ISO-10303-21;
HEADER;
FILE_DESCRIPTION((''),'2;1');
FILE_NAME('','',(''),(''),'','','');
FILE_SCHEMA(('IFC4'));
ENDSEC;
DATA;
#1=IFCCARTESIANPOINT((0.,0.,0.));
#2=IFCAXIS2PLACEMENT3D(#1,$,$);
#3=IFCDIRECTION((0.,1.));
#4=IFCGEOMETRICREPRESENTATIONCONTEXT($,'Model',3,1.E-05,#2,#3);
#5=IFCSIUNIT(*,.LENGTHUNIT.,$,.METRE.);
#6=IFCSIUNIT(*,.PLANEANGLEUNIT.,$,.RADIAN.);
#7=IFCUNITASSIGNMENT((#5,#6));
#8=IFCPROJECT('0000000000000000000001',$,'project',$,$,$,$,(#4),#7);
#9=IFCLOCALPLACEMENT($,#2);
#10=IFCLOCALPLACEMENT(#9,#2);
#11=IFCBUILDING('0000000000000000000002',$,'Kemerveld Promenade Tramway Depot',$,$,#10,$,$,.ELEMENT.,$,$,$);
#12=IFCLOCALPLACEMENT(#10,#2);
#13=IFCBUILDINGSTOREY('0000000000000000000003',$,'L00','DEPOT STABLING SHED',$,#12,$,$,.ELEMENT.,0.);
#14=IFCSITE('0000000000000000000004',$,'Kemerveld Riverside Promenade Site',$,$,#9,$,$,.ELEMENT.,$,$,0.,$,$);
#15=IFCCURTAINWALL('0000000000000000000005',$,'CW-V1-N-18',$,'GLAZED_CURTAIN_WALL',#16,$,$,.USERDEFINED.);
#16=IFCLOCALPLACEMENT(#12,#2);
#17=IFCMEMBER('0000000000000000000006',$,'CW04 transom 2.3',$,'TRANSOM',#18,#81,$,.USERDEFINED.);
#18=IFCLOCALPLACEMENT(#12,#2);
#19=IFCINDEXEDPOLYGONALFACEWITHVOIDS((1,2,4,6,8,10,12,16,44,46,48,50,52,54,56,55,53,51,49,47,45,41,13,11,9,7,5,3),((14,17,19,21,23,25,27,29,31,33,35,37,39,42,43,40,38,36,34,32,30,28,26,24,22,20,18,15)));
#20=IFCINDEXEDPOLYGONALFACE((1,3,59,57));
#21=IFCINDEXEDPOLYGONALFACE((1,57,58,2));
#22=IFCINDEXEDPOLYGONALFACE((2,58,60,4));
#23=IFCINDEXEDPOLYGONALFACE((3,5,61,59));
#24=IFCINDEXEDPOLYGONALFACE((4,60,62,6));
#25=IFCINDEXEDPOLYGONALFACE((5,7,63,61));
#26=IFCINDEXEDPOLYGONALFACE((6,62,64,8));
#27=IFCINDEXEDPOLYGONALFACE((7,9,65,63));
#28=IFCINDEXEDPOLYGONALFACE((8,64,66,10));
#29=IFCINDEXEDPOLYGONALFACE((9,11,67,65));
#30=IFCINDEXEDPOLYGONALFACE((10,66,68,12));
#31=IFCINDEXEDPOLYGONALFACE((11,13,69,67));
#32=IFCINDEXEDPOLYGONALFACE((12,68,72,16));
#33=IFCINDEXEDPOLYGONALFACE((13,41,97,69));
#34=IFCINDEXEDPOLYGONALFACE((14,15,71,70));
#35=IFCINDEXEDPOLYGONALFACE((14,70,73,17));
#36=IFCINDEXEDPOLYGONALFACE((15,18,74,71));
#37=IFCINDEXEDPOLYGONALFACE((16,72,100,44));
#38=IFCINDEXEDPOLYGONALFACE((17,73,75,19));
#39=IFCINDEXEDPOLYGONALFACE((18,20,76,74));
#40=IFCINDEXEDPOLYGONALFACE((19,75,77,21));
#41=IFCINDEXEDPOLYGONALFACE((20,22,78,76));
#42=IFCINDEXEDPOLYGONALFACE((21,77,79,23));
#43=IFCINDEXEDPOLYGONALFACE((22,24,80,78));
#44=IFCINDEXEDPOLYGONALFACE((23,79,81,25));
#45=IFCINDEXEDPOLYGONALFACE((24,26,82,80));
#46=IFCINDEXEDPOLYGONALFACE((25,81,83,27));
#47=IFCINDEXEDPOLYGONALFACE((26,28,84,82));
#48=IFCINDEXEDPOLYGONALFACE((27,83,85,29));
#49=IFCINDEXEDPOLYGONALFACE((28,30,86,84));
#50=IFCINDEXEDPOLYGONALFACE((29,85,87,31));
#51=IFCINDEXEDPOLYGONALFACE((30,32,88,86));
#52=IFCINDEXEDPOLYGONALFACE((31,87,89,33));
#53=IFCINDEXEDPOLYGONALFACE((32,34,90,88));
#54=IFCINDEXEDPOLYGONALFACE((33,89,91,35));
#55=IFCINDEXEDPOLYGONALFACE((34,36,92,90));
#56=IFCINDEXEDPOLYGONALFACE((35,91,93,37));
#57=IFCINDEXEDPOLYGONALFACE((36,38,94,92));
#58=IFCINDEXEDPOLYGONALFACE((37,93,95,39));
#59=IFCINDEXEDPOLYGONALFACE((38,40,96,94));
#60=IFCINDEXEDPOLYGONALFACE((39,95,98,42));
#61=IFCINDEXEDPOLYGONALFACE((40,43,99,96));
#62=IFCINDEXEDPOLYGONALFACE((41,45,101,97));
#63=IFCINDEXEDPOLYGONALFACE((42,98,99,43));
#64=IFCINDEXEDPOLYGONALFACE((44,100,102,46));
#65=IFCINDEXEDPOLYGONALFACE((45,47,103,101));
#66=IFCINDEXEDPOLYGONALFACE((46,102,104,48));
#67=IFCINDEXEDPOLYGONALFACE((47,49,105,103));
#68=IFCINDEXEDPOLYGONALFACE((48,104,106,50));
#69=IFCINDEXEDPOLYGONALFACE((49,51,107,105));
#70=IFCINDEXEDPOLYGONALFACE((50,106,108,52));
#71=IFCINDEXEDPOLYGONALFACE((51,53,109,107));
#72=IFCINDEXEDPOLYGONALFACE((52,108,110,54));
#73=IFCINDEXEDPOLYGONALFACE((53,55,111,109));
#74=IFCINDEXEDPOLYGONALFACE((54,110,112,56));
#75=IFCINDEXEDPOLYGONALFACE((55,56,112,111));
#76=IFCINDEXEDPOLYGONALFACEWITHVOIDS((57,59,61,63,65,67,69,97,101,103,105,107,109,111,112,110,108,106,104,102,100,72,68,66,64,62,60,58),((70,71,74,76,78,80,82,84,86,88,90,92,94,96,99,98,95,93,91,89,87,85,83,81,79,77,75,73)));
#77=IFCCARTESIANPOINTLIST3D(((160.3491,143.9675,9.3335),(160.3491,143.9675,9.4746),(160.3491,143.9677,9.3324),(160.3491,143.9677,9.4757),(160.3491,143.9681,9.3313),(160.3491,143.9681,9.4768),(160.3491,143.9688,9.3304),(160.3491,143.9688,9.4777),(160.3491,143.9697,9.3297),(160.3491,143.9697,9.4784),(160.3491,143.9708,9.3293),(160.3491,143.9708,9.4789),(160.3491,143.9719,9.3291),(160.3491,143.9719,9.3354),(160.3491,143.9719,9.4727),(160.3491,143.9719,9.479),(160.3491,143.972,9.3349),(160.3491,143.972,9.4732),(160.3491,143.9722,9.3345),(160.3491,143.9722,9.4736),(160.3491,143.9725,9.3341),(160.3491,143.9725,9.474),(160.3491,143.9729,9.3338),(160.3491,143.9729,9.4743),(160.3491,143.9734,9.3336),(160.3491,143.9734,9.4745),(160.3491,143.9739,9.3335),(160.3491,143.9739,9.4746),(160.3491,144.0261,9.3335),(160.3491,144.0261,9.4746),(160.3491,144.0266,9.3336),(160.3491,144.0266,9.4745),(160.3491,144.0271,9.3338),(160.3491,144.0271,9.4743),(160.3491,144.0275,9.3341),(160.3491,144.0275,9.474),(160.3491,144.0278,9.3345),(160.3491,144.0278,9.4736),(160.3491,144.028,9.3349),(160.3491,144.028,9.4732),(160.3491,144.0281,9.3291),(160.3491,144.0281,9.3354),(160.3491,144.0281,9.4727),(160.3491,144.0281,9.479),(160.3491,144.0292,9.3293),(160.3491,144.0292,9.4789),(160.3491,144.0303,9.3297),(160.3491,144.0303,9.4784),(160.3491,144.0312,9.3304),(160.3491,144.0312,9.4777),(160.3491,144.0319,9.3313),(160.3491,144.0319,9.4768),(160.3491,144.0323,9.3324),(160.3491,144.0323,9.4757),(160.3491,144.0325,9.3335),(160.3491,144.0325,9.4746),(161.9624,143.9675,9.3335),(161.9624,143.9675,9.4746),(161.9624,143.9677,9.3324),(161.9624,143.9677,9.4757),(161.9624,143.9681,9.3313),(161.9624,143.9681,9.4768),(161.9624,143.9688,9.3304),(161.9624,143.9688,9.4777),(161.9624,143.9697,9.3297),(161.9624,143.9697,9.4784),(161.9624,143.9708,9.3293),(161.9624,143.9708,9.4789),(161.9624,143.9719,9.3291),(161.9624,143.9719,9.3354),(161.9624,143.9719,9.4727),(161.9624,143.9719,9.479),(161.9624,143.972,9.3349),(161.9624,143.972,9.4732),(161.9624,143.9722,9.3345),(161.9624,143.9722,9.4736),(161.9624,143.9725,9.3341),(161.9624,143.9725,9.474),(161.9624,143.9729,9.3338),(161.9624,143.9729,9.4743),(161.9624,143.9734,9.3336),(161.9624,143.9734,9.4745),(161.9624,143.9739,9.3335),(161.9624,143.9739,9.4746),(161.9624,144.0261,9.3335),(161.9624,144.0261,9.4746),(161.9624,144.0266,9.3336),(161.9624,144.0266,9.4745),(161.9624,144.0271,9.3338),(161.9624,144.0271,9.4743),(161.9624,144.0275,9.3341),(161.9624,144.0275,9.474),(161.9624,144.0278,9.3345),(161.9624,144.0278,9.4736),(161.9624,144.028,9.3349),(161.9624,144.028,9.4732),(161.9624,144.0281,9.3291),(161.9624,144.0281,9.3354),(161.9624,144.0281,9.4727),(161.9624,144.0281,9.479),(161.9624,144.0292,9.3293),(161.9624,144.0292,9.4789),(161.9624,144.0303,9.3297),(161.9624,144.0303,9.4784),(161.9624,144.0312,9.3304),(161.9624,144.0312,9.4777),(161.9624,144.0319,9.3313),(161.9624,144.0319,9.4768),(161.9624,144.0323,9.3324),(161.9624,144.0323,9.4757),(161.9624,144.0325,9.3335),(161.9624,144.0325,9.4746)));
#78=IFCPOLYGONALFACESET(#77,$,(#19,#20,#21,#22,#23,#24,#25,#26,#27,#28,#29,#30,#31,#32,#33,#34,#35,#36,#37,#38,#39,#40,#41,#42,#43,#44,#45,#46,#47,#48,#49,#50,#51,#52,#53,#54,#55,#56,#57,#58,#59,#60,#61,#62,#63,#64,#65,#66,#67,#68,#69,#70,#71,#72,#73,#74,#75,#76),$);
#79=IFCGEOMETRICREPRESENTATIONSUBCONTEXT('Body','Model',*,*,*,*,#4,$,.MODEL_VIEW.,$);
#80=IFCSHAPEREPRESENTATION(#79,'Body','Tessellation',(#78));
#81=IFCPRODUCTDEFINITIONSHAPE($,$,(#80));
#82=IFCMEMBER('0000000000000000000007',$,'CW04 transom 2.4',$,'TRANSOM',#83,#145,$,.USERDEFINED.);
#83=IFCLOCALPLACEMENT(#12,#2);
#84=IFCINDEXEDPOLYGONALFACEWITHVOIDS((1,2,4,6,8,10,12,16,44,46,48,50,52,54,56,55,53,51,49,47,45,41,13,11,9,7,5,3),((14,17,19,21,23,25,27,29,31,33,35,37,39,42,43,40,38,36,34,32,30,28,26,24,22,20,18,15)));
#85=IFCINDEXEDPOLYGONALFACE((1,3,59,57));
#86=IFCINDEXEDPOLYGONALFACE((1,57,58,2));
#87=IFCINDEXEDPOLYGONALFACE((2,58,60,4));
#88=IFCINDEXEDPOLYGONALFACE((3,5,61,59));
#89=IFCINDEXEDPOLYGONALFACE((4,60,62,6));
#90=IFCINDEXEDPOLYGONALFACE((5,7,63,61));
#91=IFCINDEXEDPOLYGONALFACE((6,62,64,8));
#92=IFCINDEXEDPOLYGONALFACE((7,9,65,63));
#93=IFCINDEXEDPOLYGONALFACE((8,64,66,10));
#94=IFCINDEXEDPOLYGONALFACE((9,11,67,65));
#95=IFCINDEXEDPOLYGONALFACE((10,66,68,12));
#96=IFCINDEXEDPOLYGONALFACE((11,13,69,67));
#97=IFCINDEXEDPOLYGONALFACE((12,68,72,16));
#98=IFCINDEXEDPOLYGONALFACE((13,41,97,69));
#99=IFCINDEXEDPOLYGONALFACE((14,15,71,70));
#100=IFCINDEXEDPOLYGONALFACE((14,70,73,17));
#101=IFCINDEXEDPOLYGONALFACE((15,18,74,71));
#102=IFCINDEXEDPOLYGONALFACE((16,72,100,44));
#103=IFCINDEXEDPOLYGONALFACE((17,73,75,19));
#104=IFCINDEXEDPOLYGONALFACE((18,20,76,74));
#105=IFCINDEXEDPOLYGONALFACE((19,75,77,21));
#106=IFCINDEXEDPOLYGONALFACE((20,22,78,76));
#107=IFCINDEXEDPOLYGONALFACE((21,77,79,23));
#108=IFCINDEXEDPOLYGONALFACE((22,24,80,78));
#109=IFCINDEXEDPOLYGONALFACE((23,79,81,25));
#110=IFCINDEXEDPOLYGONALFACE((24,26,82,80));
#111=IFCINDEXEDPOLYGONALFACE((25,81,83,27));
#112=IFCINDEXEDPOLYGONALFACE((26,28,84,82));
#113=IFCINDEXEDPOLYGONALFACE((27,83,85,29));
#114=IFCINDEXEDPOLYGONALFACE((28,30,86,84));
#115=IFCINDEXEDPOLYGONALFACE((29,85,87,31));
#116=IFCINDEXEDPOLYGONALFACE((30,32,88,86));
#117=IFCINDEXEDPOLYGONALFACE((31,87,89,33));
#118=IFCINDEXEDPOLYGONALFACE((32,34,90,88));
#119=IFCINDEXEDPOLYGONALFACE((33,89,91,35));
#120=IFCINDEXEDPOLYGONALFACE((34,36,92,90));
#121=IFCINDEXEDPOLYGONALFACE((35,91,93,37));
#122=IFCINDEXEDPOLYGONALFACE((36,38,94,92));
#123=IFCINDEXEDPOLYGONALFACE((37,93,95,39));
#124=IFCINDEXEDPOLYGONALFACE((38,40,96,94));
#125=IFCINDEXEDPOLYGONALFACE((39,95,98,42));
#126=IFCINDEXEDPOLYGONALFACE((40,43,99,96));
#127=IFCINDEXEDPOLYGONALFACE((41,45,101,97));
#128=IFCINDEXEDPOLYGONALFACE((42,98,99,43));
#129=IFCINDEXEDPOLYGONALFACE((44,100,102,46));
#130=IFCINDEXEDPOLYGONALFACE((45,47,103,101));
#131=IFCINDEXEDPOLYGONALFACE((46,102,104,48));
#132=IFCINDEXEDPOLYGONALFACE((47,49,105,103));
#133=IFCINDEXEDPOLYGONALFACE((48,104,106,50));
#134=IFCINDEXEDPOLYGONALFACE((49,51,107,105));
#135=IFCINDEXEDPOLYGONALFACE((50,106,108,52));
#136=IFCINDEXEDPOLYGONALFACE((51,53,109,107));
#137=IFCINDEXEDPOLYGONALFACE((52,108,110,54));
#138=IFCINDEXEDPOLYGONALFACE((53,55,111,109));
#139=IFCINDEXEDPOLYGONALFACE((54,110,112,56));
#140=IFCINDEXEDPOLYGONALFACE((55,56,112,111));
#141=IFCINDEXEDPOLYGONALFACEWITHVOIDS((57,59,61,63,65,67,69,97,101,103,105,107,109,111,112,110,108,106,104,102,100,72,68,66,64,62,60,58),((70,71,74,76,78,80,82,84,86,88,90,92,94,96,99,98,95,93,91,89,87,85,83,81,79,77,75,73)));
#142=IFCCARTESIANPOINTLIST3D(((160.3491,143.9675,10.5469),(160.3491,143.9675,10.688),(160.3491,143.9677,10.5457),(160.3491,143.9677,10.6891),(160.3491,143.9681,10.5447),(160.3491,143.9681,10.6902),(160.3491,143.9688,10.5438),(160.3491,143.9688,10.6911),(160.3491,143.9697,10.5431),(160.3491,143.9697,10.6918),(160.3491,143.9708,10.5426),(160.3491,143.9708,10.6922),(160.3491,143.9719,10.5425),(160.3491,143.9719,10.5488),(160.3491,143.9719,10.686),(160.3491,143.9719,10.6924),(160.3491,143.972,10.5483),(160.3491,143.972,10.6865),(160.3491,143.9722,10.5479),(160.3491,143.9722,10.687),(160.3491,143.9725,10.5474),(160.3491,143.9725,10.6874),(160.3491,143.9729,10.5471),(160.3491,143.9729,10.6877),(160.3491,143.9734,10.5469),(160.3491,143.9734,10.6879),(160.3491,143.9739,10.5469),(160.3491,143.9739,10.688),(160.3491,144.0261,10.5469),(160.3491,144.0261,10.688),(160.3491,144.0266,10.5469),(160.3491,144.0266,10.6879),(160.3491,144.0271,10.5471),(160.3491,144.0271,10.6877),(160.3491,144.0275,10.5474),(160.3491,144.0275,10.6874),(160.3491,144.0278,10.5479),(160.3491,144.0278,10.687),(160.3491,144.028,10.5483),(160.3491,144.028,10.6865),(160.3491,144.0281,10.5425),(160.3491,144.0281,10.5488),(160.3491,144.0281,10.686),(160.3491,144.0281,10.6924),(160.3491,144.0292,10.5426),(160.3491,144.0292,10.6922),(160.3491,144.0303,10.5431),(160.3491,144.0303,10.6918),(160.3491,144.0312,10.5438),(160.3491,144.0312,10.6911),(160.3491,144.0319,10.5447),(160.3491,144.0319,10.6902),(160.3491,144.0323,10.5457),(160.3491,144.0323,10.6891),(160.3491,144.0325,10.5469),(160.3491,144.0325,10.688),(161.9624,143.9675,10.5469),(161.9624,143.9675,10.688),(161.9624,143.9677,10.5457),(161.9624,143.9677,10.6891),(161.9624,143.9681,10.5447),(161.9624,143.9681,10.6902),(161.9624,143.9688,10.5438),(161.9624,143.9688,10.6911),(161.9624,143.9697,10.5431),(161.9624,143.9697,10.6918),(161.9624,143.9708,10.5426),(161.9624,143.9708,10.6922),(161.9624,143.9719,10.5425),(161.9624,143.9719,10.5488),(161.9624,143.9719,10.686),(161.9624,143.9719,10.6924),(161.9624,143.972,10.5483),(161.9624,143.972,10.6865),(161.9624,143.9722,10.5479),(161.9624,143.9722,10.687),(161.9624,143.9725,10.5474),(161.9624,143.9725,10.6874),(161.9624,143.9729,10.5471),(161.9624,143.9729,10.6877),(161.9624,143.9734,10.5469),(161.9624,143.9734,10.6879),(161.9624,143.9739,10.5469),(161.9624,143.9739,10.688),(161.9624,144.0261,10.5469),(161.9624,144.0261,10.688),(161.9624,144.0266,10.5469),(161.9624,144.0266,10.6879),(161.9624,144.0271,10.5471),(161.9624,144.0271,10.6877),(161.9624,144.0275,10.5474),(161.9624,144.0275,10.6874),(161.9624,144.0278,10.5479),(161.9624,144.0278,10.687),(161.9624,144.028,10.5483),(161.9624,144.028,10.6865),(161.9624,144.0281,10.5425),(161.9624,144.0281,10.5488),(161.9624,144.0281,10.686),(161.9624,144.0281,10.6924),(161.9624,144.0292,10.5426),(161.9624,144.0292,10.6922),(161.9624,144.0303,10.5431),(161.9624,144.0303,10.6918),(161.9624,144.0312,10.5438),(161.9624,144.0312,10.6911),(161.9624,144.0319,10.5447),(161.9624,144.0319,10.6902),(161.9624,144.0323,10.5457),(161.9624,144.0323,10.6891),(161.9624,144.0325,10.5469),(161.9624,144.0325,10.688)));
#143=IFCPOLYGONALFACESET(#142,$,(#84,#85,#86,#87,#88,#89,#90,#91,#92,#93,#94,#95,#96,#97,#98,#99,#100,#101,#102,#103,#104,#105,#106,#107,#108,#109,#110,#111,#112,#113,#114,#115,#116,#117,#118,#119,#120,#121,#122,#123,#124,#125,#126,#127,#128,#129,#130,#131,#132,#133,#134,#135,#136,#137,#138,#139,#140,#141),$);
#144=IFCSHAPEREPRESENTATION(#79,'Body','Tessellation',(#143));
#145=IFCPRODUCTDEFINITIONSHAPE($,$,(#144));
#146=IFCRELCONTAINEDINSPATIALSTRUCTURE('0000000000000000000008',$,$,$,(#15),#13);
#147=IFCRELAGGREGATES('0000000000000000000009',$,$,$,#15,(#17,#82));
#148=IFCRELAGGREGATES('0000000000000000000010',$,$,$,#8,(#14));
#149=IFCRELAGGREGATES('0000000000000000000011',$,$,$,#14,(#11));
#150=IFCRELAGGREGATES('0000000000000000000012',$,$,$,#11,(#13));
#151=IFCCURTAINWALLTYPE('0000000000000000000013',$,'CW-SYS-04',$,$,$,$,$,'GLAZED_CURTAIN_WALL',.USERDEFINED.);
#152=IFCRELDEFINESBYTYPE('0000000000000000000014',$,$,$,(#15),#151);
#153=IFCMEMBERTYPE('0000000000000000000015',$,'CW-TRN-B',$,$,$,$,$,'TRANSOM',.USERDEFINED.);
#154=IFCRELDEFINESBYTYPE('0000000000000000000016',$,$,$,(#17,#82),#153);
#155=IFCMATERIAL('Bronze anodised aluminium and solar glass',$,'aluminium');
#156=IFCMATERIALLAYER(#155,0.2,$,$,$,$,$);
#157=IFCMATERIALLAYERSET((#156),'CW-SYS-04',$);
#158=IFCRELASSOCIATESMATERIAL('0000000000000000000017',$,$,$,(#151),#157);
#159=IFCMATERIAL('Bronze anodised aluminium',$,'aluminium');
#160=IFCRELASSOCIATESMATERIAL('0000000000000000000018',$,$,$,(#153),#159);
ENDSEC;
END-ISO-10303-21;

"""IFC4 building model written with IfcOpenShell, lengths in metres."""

from ifc_helpers import new_model, si_unit, direction, frame, origin, origin_2d, place, context, subcontext, project, spatial, hollow_rectangle, extrude, material, layer, layer_set, material_profile, profile_set, type_object, element, aggregate, save


model = new_model("IFC4")

# Units and contexts
model_context = context("Model", 3, precision=1e-05, world=origin(), true_north=direction((0.0, 1.0)))
body_context = subcontext(model_context, "Body", "Model", "MODEL_VIEW")
ifc_project = project(units=[si_unit("LENGTHUNIT", "METRE"), si_unit("PLANEANGLEUNIT", "RADIAN")], contexts=[model_context])

# Site, building, storey
site_placement = place(None, origin())
site = spatial("IfcSite", under=ifc_project, at=site_placement, Name="Kemerveld Riverside Promenade Site", CompositionType="ELEMENT", RefElevation=0.0)
building_placement = place(site_placement, origin())
building = spatial("IfcBuilding", under=site, at=building_placement, Name="Kemerveld Promenade Tramway Depot", CompositionType="ELEMENT")
storey_placement = place(building_placement, origin())
storey = spatial("IfcBuildingStorey", under=building, at=storey_placement, Name="L00", Description="DEPOT STABLING SHED", CompositionType="ELEMENT", Elevation=0.0)

# Shared definitions
ifc_material_1 = material(Name="Bronze anodised aluminium and solar glass", Category="aluminium")
ifc_material_2 = material(Name="Bronze anodised aluminium", Category="aluminium")

# Curtain wall, members
ifc_layer_1 = layer(ifc_material_1, 0.2)
ifc_layer_set_1 = layer_set([ifc_layer_1], Name="CW-SYS-04")
curtain_wall_type_1 = type_object("IfcCurtainWallType", Name="CW-SYS-04", ElementType="GLAZED_CURTAIN_WALL", PredefinedType="USERDEFINED", material=ifc_layer_set_1)
curtain_wall_1_placement = place(storey_placement, origin())
curtain_wall_1 = element("IfcCurtainWall", 1, at=curtain_wall_1_placement, inside=storey, type_object=curtain_wall_type_1, Name="CW-V1-N-18", ObjectType="GLAZED_CURTAIN_WALL", PredefinedType="USERDEFINED")
ifc_material_profile_1 = material_profile(ifc_material_2, hollow_rectangle(XDim=0.0649, YDim=0.1499, WallThickness=0.0044, InnerFilletRadius=0.002, OuterFilletRadius=0.0044, at=origin_2d()), Name="CW-TRN-150x65")
ifc_profile_set_1 = profile_set([ifc_material_profile_1], Name="Bronze anodised aluminium")
member_type_1 = type_object("IfcMemberType", Name="CW-TRN-B", ElementType="TRANSOM", PredefinedType="USERDEFINED", material=ifc_profile_set_1)
member_1_placement = place(storey_placement, frame((160.3491, 144.0, 9.4041), z_axis=(1.0, 0.0, 0.0), x_axis=(0.0, 1.0, 0.0)))
member_1 = element("IfcMember", 2, at=member_1_placement, type_object=member_type_1, Name="CW04 transom 2.3", ObjectType="TRANSOM", PredefinedType="USERDEFINED", context=body_context, shape_type="SweptSolid", body=[
    extrude(hollow_rectangle(XDim=0.0649, YDim=0.1499, WallThickness=0.0044, InnerFilletRadius=0.002, OuterFilletRadius=0.0044, at=origin_2d()), origin(), (0.0, 0.0, 1.0), 1.6133),
])
member_2_placement = place(storey_placement, frame((160.3491, 144.0, 10.6174), z_axis=(1.0, 0.0, 0.0), x_axis=(0.0, 1.0, 0.0)))
member_2 = element("IfcMember", 3, at=member_2_placement, type_object=member_type_1, Name="CW04 transom 2.4", ObjectType="TRANSOM", PredefinedType="USERDEFINED", context=body_context, shape_type="SweptSolid", body=[
    extrude(hollow_rectangle(XDim=0.0649, YDim=0.1499, WallThickness=0.0044, InnerFilletRadius=0.002, OuterFilletRadius=0.0044, at=origin_2d()), origin(), (0.0, 0.0, 1.0), 1.6133),
])

aggregate(curtain_wall_1, [member_1, member_2])

save(model, "model.ifc")
